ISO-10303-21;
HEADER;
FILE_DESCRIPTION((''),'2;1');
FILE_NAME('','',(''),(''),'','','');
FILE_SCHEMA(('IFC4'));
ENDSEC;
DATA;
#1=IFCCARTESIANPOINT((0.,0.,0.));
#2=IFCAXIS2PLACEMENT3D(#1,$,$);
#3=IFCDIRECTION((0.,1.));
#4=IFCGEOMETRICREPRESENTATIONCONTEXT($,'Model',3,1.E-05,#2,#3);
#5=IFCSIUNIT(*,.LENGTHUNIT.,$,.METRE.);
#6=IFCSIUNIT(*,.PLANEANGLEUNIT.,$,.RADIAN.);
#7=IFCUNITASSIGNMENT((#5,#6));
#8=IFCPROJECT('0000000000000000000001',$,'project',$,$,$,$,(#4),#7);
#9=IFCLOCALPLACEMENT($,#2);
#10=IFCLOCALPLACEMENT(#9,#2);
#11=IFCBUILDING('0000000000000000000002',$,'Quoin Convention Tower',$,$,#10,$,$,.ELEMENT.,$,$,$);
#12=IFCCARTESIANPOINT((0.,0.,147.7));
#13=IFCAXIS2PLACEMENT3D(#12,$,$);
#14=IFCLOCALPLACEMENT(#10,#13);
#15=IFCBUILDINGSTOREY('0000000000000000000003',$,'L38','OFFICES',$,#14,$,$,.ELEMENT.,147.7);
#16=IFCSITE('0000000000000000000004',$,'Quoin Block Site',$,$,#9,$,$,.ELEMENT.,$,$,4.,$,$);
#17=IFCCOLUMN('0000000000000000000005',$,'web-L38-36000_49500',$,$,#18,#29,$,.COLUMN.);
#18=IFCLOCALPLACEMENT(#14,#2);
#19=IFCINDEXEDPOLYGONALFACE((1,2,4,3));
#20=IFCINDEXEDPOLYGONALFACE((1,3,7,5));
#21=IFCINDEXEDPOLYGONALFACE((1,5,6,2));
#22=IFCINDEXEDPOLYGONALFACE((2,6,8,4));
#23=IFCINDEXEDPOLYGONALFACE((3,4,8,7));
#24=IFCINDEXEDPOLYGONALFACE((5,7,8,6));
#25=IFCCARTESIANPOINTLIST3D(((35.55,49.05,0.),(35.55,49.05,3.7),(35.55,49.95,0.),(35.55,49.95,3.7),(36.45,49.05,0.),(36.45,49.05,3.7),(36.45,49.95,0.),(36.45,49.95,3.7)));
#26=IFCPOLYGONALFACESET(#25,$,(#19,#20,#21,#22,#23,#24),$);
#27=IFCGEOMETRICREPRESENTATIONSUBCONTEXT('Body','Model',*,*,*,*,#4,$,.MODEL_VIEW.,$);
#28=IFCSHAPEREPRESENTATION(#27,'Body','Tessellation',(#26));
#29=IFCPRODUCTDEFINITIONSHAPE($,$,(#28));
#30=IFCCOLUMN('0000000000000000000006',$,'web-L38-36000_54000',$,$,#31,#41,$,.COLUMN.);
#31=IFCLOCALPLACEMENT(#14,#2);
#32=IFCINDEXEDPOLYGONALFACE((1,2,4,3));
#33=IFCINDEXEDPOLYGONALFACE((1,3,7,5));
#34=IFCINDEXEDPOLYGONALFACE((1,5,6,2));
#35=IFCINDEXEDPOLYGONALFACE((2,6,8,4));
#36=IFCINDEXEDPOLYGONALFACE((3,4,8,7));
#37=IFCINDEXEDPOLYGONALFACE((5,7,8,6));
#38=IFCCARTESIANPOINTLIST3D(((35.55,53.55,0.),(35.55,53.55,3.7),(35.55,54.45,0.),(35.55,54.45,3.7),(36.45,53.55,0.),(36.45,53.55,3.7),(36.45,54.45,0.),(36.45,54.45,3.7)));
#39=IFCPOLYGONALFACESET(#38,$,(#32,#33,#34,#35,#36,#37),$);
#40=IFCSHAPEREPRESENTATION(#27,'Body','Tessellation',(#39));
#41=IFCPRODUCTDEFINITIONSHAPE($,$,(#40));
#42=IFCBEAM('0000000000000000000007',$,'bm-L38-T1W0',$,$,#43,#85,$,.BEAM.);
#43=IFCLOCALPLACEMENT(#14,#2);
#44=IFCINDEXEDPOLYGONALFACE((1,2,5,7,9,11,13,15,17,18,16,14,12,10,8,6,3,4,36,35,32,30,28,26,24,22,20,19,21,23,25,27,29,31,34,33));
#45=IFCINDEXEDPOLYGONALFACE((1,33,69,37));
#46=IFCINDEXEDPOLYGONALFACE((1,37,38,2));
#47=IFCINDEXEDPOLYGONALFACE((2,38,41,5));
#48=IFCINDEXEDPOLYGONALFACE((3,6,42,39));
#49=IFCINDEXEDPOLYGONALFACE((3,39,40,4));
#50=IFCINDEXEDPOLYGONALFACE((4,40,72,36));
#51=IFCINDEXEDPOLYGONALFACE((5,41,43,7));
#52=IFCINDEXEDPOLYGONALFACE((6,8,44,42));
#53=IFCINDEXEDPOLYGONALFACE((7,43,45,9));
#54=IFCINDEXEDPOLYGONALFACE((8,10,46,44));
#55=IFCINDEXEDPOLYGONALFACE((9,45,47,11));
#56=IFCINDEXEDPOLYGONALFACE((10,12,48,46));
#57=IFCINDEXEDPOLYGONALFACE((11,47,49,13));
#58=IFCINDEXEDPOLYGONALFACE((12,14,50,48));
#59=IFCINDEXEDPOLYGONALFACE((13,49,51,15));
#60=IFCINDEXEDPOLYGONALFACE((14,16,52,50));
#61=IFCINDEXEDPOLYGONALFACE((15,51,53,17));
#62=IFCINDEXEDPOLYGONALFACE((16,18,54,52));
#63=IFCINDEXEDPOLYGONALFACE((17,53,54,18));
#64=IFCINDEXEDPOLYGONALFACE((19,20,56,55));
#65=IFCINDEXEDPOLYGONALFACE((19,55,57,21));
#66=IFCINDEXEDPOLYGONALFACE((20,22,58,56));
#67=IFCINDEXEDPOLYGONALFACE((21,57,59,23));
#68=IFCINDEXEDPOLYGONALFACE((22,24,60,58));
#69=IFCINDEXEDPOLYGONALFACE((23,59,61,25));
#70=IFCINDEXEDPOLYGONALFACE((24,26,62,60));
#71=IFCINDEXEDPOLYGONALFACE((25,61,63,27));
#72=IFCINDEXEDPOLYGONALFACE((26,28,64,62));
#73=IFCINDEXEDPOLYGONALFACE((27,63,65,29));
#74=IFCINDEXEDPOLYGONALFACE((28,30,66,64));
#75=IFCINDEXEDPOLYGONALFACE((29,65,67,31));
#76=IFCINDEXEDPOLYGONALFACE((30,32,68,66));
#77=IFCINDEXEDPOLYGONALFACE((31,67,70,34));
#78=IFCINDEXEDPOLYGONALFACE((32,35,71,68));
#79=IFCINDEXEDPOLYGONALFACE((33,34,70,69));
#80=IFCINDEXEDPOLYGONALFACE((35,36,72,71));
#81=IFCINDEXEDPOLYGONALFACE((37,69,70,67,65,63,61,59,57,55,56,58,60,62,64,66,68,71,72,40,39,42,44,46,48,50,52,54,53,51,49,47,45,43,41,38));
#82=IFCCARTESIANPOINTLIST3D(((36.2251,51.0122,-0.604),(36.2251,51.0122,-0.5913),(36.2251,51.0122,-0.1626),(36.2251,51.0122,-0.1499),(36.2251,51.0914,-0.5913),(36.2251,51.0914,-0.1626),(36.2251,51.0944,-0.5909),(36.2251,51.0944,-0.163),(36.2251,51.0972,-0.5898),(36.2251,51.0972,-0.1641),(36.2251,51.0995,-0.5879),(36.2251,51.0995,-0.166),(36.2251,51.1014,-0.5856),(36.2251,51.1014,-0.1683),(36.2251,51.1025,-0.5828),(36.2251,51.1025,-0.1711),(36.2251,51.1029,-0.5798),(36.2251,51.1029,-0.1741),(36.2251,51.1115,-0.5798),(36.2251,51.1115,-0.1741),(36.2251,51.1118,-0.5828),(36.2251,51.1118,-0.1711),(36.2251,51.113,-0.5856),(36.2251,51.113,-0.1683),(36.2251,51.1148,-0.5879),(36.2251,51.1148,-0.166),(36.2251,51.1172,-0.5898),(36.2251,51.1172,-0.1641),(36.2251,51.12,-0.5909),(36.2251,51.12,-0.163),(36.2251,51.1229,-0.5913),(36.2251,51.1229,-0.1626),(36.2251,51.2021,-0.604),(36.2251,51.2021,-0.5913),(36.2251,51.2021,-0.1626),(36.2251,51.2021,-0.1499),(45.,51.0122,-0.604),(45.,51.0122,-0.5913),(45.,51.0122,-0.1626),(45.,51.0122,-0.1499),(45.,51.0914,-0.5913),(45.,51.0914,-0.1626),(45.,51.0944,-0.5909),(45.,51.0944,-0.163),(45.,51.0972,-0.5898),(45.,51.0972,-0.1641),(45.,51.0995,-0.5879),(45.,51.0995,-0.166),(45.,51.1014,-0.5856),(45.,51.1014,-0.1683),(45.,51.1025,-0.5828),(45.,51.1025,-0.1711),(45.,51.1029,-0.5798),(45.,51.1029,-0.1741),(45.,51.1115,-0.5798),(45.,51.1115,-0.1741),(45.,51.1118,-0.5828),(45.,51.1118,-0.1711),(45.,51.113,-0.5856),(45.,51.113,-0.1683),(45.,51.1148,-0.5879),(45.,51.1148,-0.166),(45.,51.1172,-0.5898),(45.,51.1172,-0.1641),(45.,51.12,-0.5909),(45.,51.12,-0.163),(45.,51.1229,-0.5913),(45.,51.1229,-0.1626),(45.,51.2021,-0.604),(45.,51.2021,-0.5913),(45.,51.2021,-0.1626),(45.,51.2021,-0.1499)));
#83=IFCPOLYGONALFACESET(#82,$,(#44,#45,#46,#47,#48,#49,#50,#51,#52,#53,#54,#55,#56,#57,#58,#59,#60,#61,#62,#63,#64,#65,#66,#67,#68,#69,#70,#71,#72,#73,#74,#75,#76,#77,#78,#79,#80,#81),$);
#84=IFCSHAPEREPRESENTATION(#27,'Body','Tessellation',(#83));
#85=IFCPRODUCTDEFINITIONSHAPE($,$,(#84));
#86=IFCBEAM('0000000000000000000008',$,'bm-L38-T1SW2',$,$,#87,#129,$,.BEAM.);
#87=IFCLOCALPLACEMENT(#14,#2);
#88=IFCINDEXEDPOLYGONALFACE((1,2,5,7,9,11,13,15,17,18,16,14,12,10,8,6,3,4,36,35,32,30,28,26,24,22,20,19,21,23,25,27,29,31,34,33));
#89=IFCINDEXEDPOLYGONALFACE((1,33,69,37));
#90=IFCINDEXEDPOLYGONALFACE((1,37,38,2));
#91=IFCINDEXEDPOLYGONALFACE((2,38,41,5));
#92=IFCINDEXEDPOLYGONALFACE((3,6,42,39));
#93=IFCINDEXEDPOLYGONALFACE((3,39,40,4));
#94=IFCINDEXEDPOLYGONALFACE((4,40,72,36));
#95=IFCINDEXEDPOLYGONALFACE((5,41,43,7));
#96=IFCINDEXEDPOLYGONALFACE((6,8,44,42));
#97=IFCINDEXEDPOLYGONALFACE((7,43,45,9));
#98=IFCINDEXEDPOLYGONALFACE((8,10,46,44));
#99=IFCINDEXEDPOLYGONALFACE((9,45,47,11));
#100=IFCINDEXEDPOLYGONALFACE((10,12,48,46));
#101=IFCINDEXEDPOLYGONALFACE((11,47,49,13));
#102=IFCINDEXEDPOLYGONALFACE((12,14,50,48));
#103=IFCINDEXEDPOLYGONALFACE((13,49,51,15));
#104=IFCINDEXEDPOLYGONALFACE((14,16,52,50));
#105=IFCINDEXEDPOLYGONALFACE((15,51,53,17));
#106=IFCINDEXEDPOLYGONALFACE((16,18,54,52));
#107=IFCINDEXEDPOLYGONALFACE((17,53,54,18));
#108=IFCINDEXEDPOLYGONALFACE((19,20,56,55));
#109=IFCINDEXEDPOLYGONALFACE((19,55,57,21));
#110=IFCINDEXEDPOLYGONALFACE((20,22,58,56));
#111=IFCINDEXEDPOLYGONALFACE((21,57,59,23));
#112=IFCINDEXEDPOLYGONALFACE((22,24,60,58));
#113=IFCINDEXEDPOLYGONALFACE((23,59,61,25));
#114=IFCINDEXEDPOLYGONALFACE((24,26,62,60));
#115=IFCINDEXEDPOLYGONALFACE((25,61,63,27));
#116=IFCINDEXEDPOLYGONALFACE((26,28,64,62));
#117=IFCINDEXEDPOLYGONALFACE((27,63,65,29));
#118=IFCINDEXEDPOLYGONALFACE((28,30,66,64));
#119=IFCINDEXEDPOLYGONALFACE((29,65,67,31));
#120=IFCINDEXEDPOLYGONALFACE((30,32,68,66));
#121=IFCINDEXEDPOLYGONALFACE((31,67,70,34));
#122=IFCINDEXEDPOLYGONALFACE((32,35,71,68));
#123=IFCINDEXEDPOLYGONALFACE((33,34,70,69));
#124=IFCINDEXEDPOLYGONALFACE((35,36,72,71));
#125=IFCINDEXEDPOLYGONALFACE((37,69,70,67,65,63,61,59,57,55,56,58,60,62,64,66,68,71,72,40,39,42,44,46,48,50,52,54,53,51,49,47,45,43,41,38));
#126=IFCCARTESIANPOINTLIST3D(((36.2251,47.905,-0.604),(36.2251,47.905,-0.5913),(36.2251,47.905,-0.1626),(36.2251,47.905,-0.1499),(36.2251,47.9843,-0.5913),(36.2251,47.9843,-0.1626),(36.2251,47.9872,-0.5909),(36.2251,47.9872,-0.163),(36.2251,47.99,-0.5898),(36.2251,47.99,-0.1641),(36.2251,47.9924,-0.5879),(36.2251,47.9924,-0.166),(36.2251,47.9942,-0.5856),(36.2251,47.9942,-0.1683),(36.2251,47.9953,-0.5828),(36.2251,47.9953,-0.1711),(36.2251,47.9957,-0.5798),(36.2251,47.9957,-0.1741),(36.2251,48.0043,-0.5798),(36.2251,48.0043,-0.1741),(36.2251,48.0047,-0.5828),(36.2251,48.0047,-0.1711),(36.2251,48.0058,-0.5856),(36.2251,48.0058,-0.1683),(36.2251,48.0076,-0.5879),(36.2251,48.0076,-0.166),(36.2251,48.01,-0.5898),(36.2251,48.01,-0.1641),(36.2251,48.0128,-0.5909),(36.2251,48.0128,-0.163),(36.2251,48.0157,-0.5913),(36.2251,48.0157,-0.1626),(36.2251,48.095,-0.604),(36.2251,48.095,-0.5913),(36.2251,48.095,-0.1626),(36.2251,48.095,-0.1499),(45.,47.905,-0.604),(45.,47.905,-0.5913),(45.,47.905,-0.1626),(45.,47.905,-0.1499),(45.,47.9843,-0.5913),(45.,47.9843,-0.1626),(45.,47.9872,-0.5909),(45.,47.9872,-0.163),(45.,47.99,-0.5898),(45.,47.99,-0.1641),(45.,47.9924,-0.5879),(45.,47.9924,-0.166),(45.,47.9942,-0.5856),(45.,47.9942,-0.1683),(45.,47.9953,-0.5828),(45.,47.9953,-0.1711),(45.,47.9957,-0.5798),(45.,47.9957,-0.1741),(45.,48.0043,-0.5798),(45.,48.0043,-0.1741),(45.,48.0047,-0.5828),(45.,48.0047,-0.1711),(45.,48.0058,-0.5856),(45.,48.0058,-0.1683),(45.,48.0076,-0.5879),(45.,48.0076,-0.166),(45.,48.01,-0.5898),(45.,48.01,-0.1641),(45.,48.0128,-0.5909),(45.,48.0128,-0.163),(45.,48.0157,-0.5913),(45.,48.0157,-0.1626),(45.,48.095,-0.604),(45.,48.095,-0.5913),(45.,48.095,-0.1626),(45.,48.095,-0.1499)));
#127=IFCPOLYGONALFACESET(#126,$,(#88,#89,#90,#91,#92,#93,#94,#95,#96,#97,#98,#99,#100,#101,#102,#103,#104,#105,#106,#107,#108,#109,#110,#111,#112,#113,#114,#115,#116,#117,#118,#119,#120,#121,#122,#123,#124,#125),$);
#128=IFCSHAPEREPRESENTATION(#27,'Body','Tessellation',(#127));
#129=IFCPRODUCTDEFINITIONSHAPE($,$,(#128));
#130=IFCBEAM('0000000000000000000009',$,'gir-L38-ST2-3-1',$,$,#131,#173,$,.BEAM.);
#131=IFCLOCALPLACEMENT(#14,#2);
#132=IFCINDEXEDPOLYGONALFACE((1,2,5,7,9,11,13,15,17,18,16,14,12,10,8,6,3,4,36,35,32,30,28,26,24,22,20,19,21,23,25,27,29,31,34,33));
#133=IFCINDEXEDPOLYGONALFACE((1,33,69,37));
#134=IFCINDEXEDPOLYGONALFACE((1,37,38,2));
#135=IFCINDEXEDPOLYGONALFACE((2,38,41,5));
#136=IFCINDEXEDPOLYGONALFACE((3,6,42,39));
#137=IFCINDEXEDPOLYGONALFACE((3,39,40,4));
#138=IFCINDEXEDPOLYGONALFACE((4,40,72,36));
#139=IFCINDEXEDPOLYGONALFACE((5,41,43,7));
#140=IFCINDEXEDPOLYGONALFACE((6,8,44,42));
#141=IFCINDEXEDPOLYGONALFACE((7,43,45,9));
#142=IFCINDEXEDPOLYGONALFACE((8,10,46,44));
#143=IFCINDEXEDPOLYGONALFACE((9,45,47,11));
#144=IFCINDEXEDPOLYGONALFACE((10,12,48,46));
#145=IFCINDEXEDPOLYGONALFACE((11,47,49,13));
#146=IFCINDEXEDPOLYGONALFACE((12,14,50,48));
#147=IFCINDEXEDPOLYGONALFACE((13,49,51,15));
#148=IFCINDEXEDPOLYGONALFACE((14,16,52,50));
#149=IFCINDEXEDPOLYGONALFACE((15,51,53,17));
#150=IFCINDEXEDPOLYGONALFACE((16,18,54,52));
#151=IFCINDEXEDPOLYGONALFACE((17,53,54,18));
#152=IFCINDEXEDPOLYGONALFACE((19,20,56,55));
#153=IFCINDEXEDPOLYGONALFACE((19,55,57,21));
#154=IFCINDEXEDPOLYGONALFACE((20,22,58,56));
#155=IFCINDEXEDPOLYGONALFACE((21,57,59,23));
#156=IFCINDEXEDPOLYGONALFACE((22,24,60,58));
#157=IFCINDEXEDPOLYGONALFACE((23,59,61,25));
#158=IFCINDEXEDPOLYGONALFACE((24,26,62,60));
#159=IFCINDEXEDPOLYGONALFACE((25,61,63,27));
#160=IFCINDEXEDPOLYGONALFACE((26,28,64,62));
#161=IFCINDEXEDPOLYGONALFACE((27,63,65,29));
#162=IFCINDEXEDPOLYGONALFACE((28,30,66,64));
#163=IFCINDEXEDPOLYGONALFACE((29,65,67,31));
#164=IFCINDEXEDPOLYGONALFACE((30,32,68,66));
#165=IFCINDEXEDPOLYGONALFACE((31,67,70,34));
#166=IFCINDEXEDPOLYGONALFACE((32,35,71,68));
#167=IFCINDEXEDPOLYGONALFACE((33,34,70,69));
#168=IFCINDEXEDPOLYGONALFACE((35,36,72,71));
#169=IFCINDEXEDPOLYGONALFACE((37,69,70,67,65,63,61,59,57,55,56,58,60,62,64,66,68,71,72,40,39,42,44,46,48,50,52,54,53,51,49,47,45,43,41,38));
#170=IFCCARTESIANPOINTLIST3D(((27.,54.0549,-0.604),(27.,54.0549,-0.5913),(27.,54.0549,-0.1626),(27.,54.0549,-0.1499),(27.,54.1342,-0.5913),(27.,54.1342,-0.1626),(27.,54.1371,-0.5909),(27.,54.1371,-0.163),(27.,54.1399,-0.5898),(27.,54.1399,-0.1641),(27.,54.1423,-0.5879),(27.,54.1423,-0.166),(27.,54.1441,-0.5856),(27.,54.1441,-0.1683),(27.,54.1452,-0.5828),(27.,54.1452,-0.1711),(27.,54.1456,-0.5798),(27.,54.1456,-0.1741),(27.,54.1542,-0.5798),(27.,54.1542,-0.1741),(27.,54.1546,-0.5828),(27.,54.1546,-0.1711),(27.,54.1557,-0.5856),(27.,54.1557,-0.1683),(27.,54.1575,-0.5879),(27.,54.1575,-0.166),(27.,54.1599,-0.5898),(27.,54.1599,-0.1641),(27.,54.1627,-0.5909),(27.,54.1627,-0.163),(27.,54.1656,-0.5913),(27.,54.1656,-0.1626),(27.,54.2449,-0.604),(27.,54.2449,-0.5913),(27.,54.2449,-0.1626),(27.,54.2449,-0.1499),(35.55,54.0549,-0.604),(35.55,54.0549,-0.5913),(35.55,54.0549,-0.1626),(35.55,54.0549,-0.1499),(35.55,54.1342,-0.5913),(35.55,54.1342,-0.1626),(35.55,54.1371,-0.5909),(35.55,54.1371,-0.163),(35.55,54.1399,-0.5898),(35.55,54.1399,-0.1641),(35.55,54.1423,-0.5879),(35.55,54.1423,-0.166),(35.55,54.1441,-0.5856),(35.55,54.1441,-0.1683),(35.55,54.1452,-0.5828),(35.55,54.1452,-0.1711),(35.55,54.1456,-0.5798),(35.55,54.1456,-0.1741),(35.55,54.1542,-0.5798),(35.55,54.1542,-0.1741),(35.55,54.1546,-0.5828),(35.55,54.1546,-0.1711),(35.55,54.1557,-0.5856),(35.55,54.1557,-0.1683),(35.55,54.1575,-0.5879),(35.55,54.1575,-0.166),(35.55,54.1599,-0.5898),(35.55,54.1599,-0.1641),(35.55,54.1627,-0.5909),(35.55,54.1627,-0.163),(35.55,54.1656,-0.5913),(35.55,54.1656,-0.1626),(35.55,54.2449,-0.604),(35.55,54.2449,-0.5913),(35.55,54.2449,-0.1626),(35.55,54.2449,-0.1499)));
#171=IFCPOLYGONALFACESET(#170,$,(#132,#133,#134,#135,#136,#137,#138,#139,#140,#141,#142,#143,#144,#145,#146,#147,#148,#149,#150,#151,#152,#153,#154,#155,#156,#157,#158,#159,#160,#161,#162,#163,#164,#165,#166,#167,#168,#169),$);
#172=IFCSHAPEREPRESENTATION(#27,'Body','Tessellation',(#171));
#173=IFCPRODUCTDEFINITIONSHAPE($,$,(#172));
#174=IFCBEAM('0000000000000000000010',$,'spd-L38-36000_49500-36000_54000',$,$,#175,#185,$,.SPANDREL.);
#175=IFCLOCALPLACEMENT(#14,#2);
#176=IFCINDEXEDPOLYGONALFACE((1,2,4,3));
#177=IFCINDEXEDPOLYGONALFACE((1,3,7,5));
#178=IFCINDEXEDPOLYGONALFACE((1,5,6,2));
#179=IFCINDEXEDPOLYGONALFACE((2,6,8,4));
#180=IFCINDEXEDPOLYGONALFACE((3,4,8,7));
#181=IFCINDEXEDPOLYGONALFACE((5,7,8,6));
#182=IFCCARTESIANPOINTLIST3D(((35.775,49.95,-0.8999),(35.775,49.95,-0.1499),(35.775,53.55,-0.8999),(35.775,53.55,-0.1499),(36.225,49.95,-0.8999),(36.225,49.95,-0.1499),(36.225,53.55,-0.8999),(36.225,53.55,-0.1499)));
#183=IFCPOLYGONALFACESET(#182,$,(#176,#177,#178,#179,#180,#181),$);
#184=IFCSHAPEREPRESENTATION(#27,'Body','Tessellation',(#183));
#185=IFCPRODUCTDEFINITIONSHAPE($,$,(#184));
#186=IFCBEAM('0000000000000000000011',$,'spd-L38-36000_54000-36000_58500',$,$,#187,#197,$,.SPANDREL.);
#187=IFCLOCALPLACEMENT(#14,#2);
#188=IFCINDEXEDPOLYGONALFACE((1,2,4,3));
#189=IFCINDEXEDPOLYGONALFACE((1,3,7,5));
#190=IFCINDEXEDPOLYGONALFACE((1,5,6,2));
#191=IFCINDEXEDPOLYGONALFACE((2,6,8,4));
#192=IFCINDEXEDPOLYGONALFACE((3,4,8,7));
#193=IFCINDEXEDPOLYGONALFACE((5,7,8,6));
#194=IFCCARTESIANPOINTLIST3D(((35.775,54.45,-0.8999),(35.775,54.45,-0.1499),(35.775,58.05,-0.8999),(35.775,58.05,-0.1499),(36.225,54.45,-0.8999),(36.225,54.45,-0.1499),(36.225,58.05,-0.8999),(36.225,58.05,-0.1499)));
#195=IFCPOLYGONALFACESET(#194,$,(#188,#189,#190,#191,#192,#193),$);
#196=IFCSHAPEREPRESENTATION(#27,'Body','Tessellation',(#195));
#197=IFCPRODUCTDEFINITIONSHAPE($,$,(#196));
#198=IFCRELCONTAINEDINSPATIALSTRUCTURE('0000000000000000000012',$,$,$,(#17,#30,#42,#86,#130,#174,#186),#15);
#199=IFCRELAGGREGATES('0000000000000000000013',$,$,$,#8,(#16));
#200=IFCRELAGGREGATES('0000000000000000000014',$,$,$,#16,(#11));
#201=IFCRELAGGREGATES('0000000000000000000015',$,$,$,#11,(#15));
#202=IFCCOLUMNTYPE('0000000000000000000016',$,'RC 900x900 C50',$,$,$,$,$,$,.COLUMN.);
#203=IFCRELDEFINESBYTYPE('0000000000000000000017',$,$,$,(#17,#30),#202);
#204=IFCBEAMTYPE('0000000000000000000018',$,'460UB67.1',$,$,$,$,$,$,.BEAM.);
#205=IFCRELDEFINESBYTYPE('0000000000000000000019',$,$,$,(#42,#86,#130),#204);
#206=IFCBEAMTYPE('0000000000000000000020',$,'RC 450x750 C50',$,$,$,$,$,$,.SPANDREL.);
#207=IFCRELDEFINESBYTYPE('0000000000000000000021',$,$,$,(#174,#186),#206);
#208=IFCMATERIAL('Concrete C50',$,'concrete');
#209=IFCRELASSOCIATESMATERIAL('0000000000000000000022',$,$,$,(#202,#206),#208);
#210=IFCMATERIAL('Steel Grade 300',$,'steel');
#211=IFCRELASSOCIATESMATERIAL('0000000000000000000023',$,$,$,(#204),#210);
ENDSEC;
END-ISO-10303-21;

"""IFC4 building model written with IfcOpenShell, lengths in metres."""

from ifc_helpers import new_model, si_unit, direction, frame, origin, origin_2d, place, context, subcontext, project, spatial, rectangle, i_section, extrude, material, material_profile, profile_set, type_object, element, save


model = new_model("IFC4")

# Units and contexts
model_context = context("Model", 3, precision=1e-05, world=origin(), true_north=direction((0.0, 1.0)))
body_context = subcontext(model_context, "Body", "Model", "MODEL_VIEW")
ifc_project = project(units=[si_unit("LENGTHUNIT", "METRE"), si_unit("PLANEANGLEUNIT", "RADIAN")], contexts=[model_context])

# Site, building, storey
site_placement = place(None, origin())
site = spatial("IfcSite", under=ifc_project, at=site_placement, Name="Quoin Block Site", CompositionType="ELEMENT", RefElevation=4.0)
building_placement = place(site_placement, origin())
building = spatial("IfcBuilding", under=site, at=building_placement, Name="Quoin Convention Tower", CompositionType="ELEMENT")
storey_placement = place(building_placement, frame((0.0, 0.0, 147.7)))
storey = spatial("IfcBuildingStorey", under=building, at=storey_placement, Name="L38", Description="OFFICES", CompositionType="ELEMENT", Elevation=147.7)

# Columns
ifc_material_1 = material(Name="Concrete C50", Category="concrete")
ifc_material_profile_1 = material_profile(ifc_material_1, rectangle(XDim=0.8999, YDim=0.8999, at=origin_2d()), Name="RC 900x900")
ifc_profile_set_1 = profile_set([ifc_material_profile_1], Name="Concrete C50")
column_type = type_object("IfcColumnType", Name="RC 900x900 C50", PredefinedType="COLUMN", material=ifc_profile_set_1)
for number, where, z_axis, x_axis, name in (
    (1, (36.0, 49.5, 0.0), (0.0, 0.0, 1.0), (1.0, 0.0, 0.0), "web-L38-36000_49500"),
    (2, (36.0, 54.0, 0.0), (0.0, 0.0, 1.0), (1.0, 0.0, 0.0), "web-L38-36000_54000"),
):
    element("IfcColumn", number, at=place(storey_placement, frame(where, z_axis=z_axis, x_axis=x_axis)), inside=storey, type_object=column_type, Name=name, PredefinedType="COLUMN", context=body_context, shape_type="SweptSolid", body=[
        extrude(rectangle(XDim=0.8999, YDim=0.8999, at=origin_2d()), origin(), (0.0, 0.0, 1.0), 3.7),
    ])

# Beams
ifc_material_2 = material(Name="Steel Grade 300", Category="steel")
ifc_material_profile_2 = material_profile(ifc_material_2, i_section(OverallWidth=0.1899, OverallDepth=0.4541, WebThickness=0.0085, FlangeThickness=0.0127, FilletRadius=0.0115, at=origin_2d()), Name="460UB67.1")
ifc_profile_set_2 = profile_set([ifc_material_profile_2], Name="Steel Grade 300")
beam_type_1 = type_object("IfcBeamType", Name="460UB67.1", PredefinedType="BEAM", material=ifc_profile_set_2)
for number, where, z_axis, x_axis, name in (
    (3, (36.2251, 51.1072, -0.377), (1.0, 0.0, 0.0), (0.0, 1.0, 0.0), "bm-L38-T1W0"),
    (4, (36.2251, 48.0, -0.377), (1.0, 0.0, 0.0), (0.0, 1.0, 0.0), "bm-L38-T1SW2"),
):
    element("IfcBeam", number, at=place(storey_placement, frame(where, z_axis=z_axis, x_axis=x_axis)), inside=storey, type_object=beam_type_1, Name=name, PredefinedType="BEAM", context=body_context, shape_type="SweptSolid", body=[
        extrude(i_section(OverallWidth=0.1899, OverallDepth=0.4541, WebThickness=0.0085, FlangeThickness=0.0127, FilletRadius=0.0115, at=origin_2d()), origin(), (0.0, 0.0, 1.0), 8.7749),
    ])
beam_placement = place(storey_placement, frame((27.0, 54.1499, -0.377), z_axis=(1.0, 0.0, 0.0), x_axis=(0.0, 1.0, 0.0)))
element("IfcBeam", 5, at=beam_placement, inside=storey, type_object=beam_type_1, Name="gir-L38-ST2-3-1", PredefinedType="BEAM", context=body_context, shape_type="SweptSolid", body=[
    extrude(i_section(OverallWidth=0.1899, OverallDepth=0.4541, WebThickness=0.0085, FlangeThickness=0.0127, FilletRadius=0.0115, at=origin_2d()), origin(), (0.0, 0.0, 1.0), 8.55),
])
ifc_material_profile_3 = material_profile(ifc_material_1, rectangle(XDim=0.45, YDim=0.75, at=origin_2d()), Name="RC 450x750")
ifc_profile_set_3 = profile_set([ifc_material_profile_3], Name="Concrete C50")
beam_type_2 = type_object("IfcBeamType", Name="RC 450x750 C50", PredefinedType="SPANDREL", material=ifc_profile_set_3)
for number, where, z_axis, x_axis, name in (
    (6, (36.0, 49.95, -0.5249), (0.0, 1.0, 0.0), (-1.0, 0.0, 0.0), "spd-L38-36000_49500-36000_54000"),
    (7, (36.0, 54.45, -0.5249), (0.0, 1.0, 0.0), (-1.0, 0.0, 0.0), "spd-L38-36000_54000-36000_58500"),
):
    element("IfcBeam", number, at=place(storey_placement, frame(where, z_axis=z_axis, x_axis=x_axis)), inside=storey, type_object=beam_type_2, Name=name, PredefinedType="SPANDREL", context=body_context, shape_type="SweptSolid", body=[
        extrude(rectangle(XDim=0.45, YDim=0.75, at=origin_2d()), origin(), (0.0, 0.0, 1.0), 3.6001),
    ])

save(model, "model.ifc")
